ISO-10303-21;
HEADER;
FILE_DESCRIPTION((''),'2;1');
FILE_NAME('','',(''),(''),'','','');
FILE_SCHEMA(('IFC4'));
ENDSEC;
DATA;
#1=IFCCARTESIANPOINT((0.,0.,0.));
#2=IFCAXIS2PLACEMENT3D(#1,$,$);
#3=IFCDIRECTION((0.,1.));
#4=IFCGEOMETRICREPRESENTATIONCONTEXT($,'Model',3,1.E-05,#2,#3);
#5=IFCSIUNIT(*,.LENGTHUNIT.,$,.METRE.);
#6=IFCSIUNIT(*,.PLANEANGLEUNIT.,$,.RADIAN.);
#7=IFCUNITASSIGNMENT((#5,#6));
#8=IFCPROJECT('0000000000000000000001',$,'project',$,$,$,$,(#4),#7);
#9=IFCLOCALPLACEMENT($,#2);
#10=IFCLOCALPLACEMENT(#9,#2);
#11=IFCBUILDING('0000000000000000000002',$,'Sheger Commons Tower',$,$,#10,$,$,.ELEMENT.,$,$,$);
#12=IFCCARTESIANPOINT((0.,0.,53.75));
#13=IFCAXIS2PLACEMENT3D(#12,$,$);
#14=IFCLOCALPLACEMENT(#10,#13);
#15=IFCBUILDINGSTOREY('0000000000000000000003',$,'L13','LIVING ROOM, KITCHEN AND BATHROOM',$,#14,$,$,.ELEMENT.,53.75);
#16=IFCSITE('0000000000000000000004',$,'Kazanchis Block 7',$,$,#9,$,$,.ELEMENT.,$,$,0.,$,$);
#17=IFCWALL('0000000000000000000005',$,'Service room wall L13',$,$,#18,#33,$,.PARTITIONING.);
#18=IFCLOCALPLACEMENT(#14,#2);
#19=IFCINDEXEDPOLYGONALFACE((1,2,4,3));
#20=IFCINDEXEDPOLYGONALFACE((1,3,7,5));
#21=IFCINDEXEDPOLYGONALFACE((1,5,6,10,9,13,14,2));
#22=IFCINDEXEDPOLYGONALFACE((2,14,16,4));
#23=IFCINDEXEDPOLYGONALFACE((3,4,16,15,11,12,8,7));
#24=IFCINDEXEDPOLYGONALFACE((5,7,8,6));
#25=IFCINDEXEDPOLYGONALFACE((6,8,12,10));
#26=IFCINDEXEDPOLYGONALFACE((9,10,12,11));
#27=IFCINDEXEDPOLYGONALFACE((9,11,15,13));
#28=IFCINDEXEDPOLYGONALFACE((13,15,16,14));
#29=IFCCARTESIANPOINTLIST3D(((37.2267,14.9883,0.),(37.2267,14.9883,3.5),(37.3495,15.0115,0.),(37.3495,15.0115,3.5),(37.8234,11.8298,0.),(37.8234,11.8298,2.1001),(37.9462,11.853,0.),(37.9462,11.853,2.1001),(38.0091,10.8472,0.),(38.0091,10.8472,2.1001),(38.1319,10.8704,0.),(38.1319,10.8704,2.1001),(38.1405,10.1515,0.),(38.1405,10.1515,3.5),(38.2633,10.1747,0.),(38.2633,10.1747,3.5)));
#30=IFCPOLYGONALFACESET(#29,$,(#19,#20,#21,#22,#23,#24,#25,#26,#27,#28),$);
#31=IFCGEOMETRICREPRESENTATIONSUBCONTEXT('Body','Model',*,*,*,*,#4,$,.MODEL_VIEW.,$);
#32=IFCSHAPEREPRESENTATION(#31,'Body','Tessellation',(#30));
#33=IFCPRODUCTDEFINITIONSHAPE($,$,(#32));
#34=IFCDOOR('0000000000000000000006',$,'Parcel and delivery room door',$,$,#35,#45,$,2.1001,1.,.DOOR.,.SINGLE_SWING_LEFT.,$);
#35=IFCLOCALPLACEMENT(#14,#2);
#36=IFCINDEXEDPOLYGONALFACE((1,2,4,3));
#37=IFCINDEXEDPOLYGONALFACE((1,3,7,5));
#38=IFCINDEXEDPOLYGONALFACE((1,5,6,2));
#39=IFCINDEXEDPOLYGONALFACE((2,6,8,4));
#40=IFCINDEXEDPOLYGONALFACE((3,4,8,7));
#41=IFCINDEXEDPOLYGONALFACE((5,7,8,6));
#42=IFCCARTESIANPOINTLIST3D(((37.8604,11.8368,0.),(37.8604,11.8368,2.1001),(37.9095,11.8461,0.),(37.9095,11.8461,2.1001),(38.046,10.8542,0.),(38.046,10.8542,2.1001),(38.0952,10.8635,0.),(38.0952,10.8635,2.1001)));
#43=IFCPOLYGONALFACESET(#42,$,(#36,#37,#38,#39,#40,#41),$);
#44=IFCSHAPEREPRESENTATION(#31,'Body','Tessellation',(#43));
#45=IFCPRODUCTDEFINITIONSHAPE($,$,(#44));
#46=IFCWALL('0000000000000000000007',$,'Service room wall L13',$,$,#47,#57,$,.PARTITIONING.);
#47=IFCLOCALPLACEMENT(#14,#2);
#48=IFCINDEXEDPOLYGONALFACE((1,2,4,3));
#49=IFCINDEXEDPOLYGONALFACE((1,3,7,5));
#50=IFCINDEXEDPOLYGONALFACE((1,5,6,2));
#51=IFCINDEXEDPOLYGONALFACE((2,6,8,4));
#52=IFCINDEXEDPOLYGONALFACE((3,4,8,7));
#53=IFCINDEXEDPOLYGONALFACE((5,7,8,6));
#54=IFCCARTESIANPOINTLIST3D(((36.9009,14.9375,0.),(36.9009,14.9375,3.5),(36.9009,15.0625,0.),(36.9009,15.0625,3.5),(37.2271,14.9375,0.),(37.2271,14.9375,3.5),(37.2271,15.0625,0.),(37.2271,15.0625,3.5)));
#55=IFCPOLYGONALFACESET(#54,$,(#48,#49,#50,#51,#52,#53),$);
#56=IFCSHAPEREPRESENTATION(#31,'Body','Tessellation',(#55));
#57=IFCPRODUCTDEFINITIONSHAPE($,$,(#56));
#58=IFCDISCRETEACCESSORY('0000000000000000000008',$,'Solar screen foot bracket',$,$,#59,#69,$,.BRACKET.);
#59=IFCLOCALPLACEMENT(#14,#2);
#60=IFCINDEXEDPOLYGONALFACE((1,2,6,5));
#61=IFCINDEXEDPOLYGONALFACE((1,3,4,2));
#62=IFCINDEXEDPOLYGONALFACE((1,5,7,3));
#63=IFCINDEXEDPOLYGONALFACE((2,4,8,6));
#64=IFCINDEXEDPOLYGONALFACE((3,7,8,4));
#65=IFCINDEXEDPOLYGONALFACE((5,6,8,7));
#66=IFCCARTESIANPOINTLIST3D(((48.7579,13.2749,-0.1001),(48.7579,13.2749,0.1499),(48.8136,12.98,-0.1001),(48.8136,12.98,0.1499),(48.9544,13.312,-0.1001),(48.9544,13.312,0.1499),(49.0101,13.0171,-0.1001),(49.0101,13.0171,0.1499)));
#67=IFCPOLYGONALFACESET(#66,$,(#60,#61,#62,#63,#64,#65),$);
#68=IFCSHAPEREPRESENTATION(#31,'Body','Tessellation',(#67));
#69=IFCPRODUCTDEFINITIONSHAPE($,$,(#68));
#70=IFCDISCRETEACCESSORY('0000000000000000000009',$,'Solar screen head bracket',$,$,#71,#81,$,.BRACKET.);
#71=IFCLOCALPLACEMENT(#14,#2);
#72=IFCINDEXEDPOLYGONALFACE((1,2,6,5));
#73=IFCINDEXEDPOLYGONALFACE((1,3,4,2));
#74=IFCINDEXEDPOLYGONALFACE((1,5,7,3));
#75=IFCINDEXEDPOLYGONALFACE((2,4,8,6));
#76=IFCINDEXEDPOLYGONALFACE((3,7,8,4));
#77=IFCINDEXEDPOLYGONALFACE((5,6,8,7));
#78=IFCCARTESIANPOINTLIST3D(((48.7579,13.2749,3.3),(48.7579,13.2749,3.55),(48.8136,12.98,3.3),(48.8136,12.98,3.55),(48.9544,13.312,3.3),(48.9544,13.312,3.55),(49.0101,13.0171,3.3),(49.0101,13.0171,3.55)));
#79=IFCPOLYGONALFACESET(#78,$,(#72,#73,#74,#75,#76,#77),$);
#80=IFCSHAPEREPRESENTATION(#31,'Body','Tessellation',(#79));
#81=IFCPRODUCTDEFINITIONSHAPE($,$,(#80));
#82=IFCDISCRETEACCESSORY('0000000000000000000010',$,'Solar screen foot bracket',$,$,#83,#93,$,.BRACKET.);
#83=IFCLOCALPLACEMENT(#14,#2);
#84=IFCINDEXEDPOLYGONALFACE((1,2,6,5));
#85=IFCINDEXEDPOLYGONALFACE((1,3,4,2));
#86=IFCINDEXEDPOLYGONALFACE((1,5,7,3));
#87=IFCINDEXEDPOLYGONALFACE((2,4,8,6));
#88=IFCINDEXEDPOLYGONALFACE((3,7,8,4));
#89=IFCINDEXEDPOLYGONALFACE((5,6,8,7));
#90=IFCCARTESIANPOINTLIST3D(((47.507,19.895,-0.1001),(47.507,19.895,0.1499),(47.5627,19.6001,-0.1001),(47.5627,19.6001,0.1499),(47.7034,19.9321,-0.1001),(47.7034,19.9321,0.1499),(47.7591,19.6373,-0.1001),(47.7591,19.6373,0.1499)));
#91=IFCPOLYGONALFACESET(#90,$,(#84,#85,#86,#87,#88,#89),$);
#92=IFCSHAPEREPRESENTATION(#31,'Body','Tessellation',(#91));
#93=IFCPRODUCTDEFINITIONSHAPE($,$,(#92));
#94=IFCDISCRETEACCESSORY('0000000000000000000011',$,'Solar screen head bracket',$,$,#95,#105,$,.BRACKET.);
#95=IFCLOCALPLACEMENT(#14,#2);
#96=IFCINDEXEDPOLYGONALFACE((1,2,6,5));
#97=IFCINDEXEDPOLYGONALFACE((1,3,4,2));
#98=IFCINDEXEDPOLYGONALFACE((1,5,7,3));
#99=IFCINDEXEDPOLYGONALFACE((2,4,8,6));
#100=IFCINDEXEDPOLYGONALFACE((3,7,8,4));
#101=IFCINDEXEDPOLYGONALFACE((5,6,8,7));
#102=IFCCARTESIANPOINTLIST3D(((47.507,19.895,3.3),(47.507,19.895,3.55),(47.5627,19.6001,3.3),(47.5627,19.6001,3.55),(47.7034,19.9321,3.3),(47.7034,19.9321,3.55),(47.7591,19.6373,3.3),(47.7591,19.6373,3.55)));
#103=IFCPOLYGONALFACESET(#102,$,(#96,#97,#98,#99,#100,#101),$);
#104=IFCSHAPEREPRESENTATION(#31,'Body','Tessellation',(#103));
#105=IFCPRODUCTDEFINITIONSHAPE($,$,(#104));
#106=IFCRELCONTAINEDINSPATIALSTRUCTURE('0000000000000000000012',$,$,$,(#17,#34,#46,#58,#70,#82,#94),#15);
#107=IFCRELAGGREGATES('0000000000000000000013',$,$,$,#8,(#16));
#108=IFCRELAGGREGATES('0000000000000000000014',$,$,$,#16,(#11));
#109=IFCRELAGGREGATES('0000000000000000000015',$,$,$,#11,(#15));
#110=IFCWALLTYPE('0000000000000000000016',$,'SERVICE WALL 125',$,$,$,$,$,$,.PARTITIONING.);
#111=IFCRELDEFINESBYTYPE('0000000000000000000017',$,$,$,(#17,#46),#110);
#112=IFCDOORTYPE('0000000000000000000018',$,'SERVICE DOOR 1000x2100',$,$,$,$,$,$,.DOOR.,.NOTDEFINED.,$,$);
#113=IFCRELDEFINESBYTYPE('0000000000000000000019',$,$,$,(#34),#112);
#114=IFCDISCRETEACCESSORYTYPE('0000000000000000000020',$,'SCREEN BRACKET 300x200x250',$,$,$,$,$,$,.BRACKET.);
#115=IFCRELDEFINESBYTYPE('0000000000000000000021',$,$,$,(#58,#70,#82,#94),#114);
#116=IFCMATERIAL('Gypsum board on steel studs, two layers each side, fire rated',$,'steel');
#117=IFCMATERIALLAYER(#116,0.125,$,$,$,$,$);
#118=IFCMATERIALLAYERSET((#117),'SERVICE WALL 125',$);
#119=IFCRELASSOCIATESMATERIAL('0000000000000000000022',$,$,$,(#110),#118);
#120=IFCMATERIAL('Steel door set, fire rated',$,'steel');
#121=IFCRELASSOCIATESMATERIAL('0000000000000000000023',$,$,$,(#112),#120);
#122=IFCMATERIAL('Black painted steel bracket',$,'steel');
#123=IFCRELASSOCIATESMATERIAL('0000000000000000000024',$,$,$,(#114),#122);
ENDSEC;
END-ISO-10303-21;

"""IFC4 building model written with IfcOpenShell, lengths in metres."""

from ifc_helpers import new_model, si_unit, direction, frame, frame_2d, origin, origin_2d, place, context, subcontext, project, spatial, rectangle, extrude, material, layer, layer_set, type_object, element, fill, save


model = new_model("IFC4")

# Units and contexts
model_context = context("Model", 3, precision=1e-05, world=origin(), true_north=direction((0.0, 1.0)))
body_context = subcontext(model_context, "Body", "Model", "MODEL_VIEW")
ifc_project = project(units=[si_unit("LENGTHUNIT", "METRE"), si_unit("PLANEANGLEUNIT", "RADIAN")], contexts=[model_context])

# Site, building, storey
site_placement = place(None, origin())
site = spatial("IfcSite", under=ifc_project, at=site_placement, Name="Kazanchis Block 7", CompositionType="ELEMENT", RefElevation=0.0)
building_placement = place(site_placement, origin())
building = spatial("IfcBuilding", under=site, at=building_placement, Name="Sheger Commons Tower", CompositionType="ELEMENT")
storey_placement = place(building_placement, frame((0.0, 0.0, 53.75)))
storey = spatial("IfcBuildingStorey", under=building, at=storey_placement, Name="L13", Description="LIVING ROOM, KITCHEN AND BATHROOM", CompositionType="ELEMENT", Elevation=53.75)

# Wall, opening, door
ifc_material_1 = material(Name="Gypsum board on steel studs, two layers each side, fire rated", Category="steel")
ifc_layer_1 = layer(ifc_material_1, 0.125)
ifc_layer_set_1 = layer_set([ifc_layer_1], Name="SERVICE WALL 125")
wall_type_1 = type_object("IfcWallType", Name="SERVICE WALL 125", PredefinedType="PARTITIONING", material=ifc_layer_set_1)
wall_1_placement = place(storey_placement, frame((38.2019, 10.1631, 0.0), z_axis=(0.0, 0.0, 1.0), x_axis=(-0.185642, 0.982617, 0.0)))
wall_1 = element("IfcWall", 1, at=wall_1_placement, inside=storey, type_object=wall_type_1, Name="Service room wall L13", PredefinedType="PARTITIONING", context=body_context, shape_type="SweptSolid", body=[
    extrude(rectangle(XDim=4.9224, YDim=0.125, at=frame_2d((2.4612, 0.0))), origin(), (0.0, 0.0, 1.0), 3.5),
])
opening_1_placement = place(wall_1_placement, frame((0.708, 0.0, 0.0)))
opening_1 = element("IfcOpeningElement", 2, at=opening_1_placement, cuts=wall_1, PredefinedType="OPENING", context=body_context, shape_type="SweptSolid", body=[
    extrude(rectangle(XDim=1.0, YDim=2.1001, at=frame_2d((0.5, 1.05))), frame((0.0, 0.0725, 0.0), z_axis=(0.0, -1.0, 0.0), x_axis=(1.0, 0.0, 0.0)), (0.0, 0.0, 1.0), 0.145),
])
ifc_material_2 = material(Name="Steel door set, fire rated", Category="steel")
door_type_1 = type_object("IfcDoorType", Name="SERVICE DOOR 1000x2100", OperationType="NOTDEFINED", PredefinedType="DOOR", material=ifc_material_2)
door_1_placement = place(opening_1_placement, origin())
door_1 = element("IfcDoor", 3, at=door_1_placement, inside=storey, type_object=door_type_1, Name="Parcel and delivery room door", OperationType="SINGLE_SWING_LEFT", OverallHeight=2.1001, OverallWidth=1.0, PredefinedType="DOOR", context=body_context, shape_type="SweptSolid", body=[
    extrude(rectangle(XDim=1.0, YDim=2.1001, at=frame_2d((0.5, 1.05))), frame((0.0, 0.0249, 0.0), z_axis=(0.0, -1.0, 0.0), x_axis=(1.0, 0.0, 0.0)), (0.0, 0.0, 1.0), 0.05),
])
fill(opening_1, door_1)

# Wall
wall_2_placement = place(storey_placement, frame((36.9009, 15.0, 0.0), z_axis=(0.0, 0.0, 1.0), x_axis=(1.0, 0.0, 0.0)))
element("IfcWall", 4, at=wall_2_placement, inside=storey, type_object=wall_type_1, Name="Service room wall L13", PredefinedType="PARTITIONING", context=body_context, shape_type="SweptSolid", body=[
    extrude(rectangle(XDim=0.3262, YDim=0.125, at=frame_2d((0.1631, 0.0))), origin(), (0.0, 0.0, 1.0), 3.5),
])

# Discrete accessories
ifc_material_3 = material(Name="Black painted steel bracket", Category="steel")
discrete_accessory_type = type_object("IfcDiscreteAccessoryType", Name="SCREEN BRACKET 300x200x250", PredefinedType="BRACKET", material=ifc_material_3)
for number, where, z_axis, x_axis, name in (
    (5, (48.884, 13.146, -0.1001), (0.0, 0.0, 1.0), (-0.185615, 0.982623, 0.0), "Solar screen foot bracket"),
    (6, (48.884, 13.146, 3.3), (0.0, 0.0, 1.0), (-0.185615, 0.982623, 0.0), "Solar screen head bracket"),
    (7, (47.6331, 19.7661, -0.1001), (0.0, 0.0, 1.0), (-0.185615, 0.982623, 0.0), "Solar screen foot bracket"),
    (8, (47.6331, 19.7661, 3.3), (0.0, 0.0, 1.0), (-0.185615, 0.982623, 0.0), "Solar screen head bracket"),
):
    element("IfcDiscreteAccessory", number, at=place(storey_placement, frame(where, z_axis=z_axis, x_axis=x_axis)), inside=storey, type_object=discrete_accessory_type, Name=name, PredefinedType="BRACKET", context=body_context, shape_type="SweptSolid", body=[
        extrude(rectangle(XDim=0.3, YDim=0.2, at=origin_2d()), origin(), (0.0, 0.0, 1.0), 0.25),
    ])

save(model, "model.ifc")
